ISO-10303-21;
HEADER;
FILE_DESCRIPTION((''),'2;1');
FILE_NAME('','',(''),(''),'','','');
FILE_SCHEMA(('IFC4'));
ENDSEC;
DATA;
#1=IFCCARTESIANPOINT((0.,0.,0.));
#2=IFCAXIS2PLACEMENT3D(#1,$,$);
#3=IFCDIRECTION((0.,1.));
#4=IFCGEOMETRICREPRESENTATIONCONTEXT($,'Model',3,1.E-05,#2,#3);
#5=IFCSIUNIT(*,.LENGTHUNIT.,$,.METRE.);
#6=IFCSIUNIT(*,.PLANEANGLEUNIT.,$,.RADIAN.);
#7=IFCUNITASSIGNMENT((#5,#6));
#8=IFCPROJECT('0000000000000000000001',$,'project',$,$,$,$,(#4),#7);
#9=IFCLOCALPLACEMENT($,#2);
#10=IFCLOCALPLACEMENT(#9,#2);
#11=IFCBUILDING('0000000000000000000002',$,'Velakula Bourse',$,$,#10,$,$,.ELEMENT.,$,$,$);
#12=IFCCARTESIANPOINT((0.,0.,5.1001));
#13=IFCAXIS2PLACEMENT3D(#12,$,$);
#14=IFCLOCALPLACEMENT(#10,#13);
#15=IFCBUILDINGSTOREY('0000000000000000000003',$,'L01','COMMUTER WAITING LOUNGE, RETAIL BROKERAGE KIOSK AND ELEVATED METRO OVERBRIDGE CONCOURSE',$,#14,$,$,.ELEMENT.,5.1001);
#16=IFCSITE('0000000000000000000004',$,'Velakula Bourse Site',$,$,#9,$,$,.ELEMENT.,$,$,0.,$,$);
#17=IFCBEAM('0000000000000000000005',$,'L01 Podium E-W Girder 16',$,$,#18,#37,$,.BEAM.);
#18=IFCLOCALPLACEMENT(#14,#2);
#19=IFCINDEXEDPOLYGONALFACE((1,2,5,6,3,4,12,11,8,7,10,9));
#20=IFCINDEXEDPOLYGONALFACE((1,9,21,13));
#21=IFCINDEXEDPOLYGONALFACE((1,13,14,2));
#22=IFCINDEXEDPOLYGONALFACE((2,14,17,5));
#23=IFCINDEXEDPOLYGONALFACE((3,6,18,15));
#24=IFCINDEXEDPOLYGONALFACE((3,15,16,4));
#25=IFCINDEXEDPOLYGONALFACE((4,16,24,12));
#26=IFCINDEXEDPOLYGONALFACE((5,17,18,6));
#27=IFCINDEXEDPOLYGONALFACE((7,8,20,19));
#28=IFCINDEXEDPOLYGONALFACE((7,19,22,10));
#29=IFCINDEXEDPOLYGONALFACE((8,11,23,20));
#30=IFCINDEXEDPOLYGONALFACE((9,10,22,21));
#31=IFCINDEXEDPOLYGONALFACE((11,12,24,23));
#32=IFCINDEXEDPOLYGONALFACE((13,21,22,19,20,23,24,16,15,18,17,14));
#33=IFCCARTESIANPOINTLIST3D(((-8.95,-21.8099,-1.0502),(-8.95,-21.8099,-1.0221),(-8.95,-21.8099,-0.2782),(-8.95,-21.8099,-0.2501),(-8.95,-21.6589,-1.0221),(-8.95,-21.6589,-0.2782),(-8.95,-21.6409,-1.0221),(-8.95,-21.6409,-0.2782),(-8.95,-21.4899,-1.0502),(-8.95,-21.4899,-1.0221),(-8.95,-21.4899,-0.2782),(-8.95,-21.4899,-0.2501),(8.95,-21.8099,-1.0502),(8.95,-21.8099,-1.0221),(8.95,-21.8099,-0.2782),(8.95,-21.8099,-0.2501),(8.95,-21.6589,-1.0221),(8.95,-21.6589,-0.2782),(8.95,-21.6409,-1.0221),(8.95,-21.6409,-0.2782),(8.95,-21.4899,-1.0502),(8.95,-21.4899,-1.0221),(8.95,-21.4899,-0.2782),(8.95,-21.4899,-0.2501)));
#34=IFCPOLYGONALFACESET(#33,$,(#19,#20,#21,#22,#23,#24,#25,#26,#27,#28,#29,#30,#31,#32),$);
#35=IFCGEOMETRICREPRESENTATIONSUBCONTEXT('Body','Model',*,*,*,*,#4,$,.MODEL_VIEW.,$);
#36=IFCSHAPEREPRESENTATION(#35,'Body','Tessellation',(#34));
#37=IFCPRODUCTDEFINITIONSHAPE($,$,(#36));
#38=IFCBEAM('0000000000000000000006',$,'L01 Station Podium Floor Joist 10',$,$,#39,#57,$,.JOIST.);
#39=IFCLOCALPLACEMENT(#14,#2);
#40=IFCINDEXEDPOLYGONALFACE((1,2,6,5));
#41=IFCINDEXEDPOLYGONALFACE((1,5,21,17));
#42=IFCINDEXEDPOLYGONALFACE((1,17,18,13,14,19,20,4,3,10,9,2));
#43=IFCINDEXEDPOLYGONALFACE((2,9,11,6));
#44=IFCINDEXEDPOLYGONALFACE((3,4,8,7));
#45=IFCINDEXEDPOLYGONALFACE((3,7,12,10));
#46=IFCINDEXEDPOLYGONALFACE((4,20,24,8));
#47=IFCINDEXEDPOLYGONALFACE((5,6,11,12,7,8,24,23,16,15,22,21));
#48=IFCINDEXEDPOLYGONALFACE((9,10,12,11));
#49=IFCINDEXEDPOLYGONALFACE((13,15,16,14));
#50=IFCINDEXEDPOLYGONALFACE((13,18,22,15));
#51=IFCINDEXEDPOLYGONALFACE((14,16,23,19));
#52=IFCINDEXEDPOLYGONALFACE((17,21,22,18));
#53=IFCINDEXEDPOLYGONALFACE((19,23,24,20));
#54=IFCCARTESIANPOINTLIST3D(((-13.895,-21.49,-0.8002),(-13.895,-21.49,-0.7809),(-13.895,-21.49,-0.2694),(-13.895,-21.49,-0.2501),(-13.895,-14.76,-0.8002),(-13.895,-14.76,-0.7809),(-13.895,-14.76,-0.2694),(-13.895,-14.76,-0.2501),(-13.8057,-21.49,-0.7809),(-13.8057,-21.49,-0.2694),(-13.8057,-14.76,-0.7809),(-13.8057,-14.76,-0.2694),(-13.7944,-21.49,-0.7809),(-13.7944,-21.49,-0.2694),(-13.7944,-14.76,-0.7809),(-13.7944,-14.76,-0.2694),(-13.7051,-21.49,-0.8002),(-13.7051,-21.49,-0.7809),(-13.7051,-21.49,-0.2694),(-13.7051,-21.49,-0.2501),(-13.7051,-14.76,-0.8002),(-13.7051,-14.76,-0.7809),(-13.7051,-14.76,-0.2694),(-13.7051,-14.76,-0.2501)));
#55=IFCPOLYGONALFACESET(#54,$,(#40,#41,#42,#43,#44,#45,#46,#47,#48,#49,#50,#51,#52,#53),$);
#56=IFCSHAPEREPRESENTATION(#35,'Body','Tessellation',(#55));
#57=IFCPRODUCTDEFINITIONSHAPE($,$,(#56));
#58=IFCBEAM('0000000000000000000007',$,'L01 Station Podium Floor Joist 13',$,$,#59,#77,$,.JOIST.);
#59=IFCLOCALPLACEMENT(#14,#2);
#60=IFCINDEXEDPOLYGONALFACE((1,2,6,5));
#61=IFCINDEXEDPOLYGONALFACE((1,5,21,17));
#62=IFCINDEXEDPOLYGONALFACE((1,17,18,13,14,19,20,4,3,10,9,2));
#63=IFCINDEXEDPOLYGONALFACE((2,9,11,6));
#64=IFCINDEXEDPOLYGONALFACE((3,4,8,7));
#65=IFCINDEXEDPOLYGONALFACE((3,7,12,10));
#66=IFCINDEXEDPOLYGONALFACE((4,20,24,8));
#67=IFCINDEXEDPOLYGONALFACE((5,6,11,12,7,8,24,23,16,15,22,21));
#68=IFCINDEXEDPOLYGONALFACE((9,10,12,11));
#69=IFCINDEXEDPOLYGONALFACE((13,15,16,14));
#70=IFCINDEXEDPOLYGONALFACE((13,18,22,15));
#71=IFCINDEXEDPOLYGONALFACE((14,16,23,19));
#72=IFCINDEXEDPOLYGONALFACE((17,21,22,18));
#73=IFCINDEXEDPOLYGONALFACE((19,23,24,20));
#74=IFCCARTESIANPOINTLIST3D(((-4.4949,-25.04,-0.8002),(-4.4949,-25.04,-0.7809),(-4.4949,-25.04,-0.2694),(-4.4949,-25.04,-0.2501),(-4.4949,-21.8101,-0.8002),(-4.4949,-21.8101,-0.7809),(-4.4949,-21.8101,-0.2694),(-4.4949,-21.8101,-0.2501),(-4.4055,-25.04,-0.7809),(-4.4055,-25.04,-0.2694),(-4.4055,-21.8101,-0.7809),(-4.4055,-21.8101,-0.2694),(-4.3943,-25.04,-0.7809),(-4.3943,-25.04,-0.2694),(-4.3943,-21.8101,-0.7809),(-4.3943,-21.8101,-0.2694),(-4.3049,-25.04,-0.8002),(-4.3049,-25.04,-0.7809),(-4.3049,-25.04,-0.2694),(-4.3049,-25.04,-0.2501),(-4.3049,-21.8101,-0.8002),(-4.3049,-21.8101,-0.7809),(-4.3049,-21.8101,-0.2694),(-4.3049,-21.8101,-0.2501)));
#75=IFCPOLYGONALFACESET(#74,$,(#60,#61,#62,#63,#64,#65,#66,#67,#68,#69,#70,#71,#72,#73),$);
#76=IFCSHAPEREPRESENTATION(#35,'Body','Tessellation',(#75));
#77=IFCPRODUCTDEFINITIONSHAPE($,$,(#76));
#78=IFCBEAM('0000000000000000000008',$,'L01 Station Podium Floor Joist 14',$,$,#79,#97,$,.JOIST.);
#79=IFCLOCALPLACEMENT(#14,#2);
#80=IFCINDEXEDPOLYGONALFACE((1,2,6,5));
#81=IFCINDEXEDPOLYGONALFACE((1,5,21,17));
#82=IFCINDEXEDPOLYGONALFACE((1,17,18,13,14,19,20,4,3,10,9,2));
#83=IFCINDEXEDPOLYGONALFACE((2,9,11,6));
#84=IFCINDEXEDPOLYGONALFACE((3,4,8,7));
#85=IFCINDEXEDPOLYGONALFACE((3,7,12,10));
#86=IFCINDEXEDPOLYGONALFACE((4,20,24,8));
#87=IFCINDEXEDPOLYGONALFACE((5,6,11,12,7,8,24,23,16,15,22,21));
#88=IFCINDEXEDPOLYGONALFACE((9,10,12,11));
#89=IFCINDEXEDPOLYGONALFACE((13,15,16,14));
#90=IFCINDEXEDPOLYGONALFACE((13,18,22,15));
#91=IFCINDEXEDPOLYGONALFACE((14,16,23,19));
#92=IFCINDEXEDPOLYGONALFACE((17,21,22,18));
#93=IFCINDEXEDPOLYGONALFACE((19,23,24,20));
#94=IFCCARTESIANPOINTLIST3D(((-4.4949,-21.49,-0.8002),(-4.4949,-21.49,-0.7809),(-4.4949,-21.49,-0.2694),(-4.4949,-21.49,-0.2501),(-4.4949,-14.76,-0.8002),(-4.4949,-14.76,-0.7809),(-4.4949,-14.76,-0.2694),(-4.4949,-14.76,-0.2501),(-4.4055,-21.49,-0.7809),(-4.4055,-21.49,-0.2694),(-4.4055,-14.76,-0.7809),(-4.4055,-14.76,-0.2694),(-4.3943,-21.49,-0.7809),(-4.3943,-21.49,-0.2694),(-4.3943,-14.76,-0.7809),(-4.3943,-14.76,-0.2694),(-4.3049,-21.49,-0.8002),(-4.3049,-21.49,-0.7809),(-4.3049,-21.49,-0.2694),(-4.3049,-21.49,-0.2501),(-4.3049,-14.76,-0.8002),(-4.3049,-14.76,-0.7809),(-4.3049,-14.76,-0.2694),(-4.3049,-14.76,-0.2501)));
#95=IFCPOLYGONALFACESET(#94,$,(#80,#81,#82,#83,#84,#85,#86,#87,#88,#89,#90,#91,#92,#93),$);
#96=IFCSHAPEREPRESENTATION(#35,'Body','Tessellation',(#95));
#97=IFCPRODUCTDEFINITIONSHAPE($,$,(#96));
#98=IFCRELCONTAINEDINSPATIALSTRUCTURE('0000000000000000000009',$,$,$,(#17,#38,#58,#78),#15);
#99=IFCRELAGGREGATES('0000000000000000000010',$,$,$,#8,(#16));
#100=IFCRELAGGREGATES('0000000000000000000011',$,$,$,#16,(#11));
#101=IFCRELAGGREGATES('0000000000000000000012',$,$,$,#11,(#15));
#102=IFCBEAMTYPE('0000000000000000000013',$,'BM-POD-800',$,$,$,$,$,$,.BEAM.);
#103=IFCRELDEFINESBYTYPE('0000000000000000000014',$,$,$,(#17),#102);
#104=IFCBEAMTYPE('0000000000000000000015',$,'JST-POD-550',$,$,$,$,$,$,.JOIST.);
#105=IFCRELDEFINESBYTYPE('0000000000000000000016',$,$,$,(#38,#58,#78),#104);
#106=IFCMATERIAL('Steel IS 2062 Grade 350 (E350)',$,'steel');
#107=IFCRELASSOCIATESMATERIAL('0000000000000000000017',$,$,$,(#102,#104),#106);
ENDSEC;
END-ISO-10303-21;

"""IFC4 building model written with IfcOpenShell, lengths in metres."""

from ifc_helpers import new_model, si_unit, direction, frame, origin, origin_2d, place, context, subcontext, project, spatial, i_section, extrude, material, material_profile, profile_set, type_object, element, save


model = new_model("IFC4")

# Units and contexts
model_context = context("Model", 3, precision=1e-05, world=origin(), true_north=direction((0.0, 1.0)))
body_context = subcontext(model_context, "Body", "Model", "MODEL_VIEW")
ifc_project = project(units=[si_unit("LENGTHUNIT", "METRE"), si_unit("PLANEANGLEUNIT", "RADIAN")], contexts=[model_context])

# Site, building, storey
site_placement = place(None, origin())
site = spatial("IfcSite", under=ifc_project, at=site_placement, Name="Velakula Bourse Site", CompositionType="ELEMENT", RefElevation=0.0)
building_placement = place(site_placement, origin())
building = spatial("IfcBuilding", under=site, at=building_placement, Name="Velakula Bourse", CompositionType="ELEMENT")
storey_placement = place(building_placement, frame((0.0, 0.0, 5.1001)))
storey = spatial("IfcBuildingStorey", under=building, at=storey_placement, Name="L01", Description="COMMUTER WAITING LOUNGE, RETAIL BROKERAGE KIOSK AND ELEVATED METRO OVERBRIDGE CONCOURSE", CompositionType="ELEMENT", Elevation=5.1001)

# Beams
ifc_material_1 = material(Name="Steel IS 2062 Grade 350 (E350)", Category="steel")
ifc_material_profile_1 = material_profile(ifc_material_1, i_section(OverallWidth=0.3201, OverallDepth=0.8, WebThickness=0.0181, FlangeThickness=0.0281, at=origin_2d()), Name="Steel IS 2062 Grade 350 (E350)")
ifc_profile_set_1 = profile_set([ifc_material_profile_1], Name="Steel IS 2062 Grade 350 (E350)")
beam_type_1 = type_object("IfcBeamType", Name="BM-POD-800", PredefinedType="BEAM", material=ifc_profile_set_1)
beam_1_placement = place(storey_placement, frame((-8.95, -21.6499, -0.6501), z_axis=(1.0, 0.0, 0.0), x_axis=(0.0, 1.0, 0.0)))
element("IfcBeam", 1, at=beam_1_placement, inside=storey, type_object=beam_type_1, Name="L01 Podium E-W Girder 16", PredefinedType="BEAM", context=body_context, shape_type="SweptSolid", body=[
    extrude(i_section(OverallWidth=0.3201, OverallDepth=0.8, WebThickness=0.0181, FlangeThickness=0.0281, at=origin_2d()), origin(), (0.0, 0.0, 1.0), 17.8999),
])
ifc_material_profile_2 = material_profile(ifc_material_1, i_section(OverallWidth=0.1899, OverallDepth=0.55, WebThickness=0.0112, FlangeThickness=0.0193, at=origin_2d()), Name="Steel IS 2062 Grade 350 (E350)")
ifc_profile_set_2 = profile_set([ifc_material_profile_2], Name="Steel IS 2062 Grade 350 (E350)")
beam_type_2 = type_object("IfcBeamType", Name="JST-POD-550", PredefinedType="JOIST", material=ifc_profile_set_2)
beam_2_placement = place(storey_placement, frame((-13.8, -21.49, -0.5251), z_axis=(0.0, 1.0, 0.0), x_axis=(-1.0, 0.0, 0.0)))
element("IfcBeam", 2, at=beam_2_placement, inside=storey, type_object=beam_type_2, Name="L01 Station Podium Floor Joist 10", PredefinedType="JOIST", context=body_context, shape_type="SweptSolid", body=[
    extrude(i_section(OverallWidth=0.1899, OverallDepth=0.55, WebThickness=0.0112, FlangeThickness=0.0193, at=origin_2d()), origin(), (0.0, 0.0, 1.0), 6.73),
])
beam_3_placement = place(storey_placement, frame((-4.3999, -25.04, -0.5251), z_axis=(0.0, 1.0, 0.0), x_axis=(-1.0, 0.0, 0.0)))
element("IfcBeam", 3, at=beam_3_placement, inside=storey, type_object=beam_type_2, Name="L01 Station Podium Floor Joist 13", PredefinedType="JOIST", context=body_context, shape_type="SweptSolid", body=[
    extrude(i_section(OverallWidth=0.1899, OverallDepth=0.55, WebThickness=0.0112, FlangeThickness=0.0193, at=origin_2d()), origin(), (0.0, 0.0, 1.0), 3.23),
])
beam_4_placement = place(storey_placement, frame((-4.3999, -21.49, -0.5251), z_axis=(0.0, 1.0, 0.0), x_axis=(-1.0, 0.0, 0.0)))
element("IfcBeam", 4, at=beam_4_placement, inside=storey, type_object=beam_type_2, Name="L01 Station Podium Floor Joist 14", PredefinedType="JOIST", context=body_context, shape_type="SweptSolid", body=[
    extrude(i_section(OverallWidth=0.1899, OverallDepth=0.55, WebThickness=0.0112, FlangeThickness=0.0193, at=origin_2d()), origin(), (0.0, 0.0, 1.0), 6.73),
])

save(model, "model.ifc")
